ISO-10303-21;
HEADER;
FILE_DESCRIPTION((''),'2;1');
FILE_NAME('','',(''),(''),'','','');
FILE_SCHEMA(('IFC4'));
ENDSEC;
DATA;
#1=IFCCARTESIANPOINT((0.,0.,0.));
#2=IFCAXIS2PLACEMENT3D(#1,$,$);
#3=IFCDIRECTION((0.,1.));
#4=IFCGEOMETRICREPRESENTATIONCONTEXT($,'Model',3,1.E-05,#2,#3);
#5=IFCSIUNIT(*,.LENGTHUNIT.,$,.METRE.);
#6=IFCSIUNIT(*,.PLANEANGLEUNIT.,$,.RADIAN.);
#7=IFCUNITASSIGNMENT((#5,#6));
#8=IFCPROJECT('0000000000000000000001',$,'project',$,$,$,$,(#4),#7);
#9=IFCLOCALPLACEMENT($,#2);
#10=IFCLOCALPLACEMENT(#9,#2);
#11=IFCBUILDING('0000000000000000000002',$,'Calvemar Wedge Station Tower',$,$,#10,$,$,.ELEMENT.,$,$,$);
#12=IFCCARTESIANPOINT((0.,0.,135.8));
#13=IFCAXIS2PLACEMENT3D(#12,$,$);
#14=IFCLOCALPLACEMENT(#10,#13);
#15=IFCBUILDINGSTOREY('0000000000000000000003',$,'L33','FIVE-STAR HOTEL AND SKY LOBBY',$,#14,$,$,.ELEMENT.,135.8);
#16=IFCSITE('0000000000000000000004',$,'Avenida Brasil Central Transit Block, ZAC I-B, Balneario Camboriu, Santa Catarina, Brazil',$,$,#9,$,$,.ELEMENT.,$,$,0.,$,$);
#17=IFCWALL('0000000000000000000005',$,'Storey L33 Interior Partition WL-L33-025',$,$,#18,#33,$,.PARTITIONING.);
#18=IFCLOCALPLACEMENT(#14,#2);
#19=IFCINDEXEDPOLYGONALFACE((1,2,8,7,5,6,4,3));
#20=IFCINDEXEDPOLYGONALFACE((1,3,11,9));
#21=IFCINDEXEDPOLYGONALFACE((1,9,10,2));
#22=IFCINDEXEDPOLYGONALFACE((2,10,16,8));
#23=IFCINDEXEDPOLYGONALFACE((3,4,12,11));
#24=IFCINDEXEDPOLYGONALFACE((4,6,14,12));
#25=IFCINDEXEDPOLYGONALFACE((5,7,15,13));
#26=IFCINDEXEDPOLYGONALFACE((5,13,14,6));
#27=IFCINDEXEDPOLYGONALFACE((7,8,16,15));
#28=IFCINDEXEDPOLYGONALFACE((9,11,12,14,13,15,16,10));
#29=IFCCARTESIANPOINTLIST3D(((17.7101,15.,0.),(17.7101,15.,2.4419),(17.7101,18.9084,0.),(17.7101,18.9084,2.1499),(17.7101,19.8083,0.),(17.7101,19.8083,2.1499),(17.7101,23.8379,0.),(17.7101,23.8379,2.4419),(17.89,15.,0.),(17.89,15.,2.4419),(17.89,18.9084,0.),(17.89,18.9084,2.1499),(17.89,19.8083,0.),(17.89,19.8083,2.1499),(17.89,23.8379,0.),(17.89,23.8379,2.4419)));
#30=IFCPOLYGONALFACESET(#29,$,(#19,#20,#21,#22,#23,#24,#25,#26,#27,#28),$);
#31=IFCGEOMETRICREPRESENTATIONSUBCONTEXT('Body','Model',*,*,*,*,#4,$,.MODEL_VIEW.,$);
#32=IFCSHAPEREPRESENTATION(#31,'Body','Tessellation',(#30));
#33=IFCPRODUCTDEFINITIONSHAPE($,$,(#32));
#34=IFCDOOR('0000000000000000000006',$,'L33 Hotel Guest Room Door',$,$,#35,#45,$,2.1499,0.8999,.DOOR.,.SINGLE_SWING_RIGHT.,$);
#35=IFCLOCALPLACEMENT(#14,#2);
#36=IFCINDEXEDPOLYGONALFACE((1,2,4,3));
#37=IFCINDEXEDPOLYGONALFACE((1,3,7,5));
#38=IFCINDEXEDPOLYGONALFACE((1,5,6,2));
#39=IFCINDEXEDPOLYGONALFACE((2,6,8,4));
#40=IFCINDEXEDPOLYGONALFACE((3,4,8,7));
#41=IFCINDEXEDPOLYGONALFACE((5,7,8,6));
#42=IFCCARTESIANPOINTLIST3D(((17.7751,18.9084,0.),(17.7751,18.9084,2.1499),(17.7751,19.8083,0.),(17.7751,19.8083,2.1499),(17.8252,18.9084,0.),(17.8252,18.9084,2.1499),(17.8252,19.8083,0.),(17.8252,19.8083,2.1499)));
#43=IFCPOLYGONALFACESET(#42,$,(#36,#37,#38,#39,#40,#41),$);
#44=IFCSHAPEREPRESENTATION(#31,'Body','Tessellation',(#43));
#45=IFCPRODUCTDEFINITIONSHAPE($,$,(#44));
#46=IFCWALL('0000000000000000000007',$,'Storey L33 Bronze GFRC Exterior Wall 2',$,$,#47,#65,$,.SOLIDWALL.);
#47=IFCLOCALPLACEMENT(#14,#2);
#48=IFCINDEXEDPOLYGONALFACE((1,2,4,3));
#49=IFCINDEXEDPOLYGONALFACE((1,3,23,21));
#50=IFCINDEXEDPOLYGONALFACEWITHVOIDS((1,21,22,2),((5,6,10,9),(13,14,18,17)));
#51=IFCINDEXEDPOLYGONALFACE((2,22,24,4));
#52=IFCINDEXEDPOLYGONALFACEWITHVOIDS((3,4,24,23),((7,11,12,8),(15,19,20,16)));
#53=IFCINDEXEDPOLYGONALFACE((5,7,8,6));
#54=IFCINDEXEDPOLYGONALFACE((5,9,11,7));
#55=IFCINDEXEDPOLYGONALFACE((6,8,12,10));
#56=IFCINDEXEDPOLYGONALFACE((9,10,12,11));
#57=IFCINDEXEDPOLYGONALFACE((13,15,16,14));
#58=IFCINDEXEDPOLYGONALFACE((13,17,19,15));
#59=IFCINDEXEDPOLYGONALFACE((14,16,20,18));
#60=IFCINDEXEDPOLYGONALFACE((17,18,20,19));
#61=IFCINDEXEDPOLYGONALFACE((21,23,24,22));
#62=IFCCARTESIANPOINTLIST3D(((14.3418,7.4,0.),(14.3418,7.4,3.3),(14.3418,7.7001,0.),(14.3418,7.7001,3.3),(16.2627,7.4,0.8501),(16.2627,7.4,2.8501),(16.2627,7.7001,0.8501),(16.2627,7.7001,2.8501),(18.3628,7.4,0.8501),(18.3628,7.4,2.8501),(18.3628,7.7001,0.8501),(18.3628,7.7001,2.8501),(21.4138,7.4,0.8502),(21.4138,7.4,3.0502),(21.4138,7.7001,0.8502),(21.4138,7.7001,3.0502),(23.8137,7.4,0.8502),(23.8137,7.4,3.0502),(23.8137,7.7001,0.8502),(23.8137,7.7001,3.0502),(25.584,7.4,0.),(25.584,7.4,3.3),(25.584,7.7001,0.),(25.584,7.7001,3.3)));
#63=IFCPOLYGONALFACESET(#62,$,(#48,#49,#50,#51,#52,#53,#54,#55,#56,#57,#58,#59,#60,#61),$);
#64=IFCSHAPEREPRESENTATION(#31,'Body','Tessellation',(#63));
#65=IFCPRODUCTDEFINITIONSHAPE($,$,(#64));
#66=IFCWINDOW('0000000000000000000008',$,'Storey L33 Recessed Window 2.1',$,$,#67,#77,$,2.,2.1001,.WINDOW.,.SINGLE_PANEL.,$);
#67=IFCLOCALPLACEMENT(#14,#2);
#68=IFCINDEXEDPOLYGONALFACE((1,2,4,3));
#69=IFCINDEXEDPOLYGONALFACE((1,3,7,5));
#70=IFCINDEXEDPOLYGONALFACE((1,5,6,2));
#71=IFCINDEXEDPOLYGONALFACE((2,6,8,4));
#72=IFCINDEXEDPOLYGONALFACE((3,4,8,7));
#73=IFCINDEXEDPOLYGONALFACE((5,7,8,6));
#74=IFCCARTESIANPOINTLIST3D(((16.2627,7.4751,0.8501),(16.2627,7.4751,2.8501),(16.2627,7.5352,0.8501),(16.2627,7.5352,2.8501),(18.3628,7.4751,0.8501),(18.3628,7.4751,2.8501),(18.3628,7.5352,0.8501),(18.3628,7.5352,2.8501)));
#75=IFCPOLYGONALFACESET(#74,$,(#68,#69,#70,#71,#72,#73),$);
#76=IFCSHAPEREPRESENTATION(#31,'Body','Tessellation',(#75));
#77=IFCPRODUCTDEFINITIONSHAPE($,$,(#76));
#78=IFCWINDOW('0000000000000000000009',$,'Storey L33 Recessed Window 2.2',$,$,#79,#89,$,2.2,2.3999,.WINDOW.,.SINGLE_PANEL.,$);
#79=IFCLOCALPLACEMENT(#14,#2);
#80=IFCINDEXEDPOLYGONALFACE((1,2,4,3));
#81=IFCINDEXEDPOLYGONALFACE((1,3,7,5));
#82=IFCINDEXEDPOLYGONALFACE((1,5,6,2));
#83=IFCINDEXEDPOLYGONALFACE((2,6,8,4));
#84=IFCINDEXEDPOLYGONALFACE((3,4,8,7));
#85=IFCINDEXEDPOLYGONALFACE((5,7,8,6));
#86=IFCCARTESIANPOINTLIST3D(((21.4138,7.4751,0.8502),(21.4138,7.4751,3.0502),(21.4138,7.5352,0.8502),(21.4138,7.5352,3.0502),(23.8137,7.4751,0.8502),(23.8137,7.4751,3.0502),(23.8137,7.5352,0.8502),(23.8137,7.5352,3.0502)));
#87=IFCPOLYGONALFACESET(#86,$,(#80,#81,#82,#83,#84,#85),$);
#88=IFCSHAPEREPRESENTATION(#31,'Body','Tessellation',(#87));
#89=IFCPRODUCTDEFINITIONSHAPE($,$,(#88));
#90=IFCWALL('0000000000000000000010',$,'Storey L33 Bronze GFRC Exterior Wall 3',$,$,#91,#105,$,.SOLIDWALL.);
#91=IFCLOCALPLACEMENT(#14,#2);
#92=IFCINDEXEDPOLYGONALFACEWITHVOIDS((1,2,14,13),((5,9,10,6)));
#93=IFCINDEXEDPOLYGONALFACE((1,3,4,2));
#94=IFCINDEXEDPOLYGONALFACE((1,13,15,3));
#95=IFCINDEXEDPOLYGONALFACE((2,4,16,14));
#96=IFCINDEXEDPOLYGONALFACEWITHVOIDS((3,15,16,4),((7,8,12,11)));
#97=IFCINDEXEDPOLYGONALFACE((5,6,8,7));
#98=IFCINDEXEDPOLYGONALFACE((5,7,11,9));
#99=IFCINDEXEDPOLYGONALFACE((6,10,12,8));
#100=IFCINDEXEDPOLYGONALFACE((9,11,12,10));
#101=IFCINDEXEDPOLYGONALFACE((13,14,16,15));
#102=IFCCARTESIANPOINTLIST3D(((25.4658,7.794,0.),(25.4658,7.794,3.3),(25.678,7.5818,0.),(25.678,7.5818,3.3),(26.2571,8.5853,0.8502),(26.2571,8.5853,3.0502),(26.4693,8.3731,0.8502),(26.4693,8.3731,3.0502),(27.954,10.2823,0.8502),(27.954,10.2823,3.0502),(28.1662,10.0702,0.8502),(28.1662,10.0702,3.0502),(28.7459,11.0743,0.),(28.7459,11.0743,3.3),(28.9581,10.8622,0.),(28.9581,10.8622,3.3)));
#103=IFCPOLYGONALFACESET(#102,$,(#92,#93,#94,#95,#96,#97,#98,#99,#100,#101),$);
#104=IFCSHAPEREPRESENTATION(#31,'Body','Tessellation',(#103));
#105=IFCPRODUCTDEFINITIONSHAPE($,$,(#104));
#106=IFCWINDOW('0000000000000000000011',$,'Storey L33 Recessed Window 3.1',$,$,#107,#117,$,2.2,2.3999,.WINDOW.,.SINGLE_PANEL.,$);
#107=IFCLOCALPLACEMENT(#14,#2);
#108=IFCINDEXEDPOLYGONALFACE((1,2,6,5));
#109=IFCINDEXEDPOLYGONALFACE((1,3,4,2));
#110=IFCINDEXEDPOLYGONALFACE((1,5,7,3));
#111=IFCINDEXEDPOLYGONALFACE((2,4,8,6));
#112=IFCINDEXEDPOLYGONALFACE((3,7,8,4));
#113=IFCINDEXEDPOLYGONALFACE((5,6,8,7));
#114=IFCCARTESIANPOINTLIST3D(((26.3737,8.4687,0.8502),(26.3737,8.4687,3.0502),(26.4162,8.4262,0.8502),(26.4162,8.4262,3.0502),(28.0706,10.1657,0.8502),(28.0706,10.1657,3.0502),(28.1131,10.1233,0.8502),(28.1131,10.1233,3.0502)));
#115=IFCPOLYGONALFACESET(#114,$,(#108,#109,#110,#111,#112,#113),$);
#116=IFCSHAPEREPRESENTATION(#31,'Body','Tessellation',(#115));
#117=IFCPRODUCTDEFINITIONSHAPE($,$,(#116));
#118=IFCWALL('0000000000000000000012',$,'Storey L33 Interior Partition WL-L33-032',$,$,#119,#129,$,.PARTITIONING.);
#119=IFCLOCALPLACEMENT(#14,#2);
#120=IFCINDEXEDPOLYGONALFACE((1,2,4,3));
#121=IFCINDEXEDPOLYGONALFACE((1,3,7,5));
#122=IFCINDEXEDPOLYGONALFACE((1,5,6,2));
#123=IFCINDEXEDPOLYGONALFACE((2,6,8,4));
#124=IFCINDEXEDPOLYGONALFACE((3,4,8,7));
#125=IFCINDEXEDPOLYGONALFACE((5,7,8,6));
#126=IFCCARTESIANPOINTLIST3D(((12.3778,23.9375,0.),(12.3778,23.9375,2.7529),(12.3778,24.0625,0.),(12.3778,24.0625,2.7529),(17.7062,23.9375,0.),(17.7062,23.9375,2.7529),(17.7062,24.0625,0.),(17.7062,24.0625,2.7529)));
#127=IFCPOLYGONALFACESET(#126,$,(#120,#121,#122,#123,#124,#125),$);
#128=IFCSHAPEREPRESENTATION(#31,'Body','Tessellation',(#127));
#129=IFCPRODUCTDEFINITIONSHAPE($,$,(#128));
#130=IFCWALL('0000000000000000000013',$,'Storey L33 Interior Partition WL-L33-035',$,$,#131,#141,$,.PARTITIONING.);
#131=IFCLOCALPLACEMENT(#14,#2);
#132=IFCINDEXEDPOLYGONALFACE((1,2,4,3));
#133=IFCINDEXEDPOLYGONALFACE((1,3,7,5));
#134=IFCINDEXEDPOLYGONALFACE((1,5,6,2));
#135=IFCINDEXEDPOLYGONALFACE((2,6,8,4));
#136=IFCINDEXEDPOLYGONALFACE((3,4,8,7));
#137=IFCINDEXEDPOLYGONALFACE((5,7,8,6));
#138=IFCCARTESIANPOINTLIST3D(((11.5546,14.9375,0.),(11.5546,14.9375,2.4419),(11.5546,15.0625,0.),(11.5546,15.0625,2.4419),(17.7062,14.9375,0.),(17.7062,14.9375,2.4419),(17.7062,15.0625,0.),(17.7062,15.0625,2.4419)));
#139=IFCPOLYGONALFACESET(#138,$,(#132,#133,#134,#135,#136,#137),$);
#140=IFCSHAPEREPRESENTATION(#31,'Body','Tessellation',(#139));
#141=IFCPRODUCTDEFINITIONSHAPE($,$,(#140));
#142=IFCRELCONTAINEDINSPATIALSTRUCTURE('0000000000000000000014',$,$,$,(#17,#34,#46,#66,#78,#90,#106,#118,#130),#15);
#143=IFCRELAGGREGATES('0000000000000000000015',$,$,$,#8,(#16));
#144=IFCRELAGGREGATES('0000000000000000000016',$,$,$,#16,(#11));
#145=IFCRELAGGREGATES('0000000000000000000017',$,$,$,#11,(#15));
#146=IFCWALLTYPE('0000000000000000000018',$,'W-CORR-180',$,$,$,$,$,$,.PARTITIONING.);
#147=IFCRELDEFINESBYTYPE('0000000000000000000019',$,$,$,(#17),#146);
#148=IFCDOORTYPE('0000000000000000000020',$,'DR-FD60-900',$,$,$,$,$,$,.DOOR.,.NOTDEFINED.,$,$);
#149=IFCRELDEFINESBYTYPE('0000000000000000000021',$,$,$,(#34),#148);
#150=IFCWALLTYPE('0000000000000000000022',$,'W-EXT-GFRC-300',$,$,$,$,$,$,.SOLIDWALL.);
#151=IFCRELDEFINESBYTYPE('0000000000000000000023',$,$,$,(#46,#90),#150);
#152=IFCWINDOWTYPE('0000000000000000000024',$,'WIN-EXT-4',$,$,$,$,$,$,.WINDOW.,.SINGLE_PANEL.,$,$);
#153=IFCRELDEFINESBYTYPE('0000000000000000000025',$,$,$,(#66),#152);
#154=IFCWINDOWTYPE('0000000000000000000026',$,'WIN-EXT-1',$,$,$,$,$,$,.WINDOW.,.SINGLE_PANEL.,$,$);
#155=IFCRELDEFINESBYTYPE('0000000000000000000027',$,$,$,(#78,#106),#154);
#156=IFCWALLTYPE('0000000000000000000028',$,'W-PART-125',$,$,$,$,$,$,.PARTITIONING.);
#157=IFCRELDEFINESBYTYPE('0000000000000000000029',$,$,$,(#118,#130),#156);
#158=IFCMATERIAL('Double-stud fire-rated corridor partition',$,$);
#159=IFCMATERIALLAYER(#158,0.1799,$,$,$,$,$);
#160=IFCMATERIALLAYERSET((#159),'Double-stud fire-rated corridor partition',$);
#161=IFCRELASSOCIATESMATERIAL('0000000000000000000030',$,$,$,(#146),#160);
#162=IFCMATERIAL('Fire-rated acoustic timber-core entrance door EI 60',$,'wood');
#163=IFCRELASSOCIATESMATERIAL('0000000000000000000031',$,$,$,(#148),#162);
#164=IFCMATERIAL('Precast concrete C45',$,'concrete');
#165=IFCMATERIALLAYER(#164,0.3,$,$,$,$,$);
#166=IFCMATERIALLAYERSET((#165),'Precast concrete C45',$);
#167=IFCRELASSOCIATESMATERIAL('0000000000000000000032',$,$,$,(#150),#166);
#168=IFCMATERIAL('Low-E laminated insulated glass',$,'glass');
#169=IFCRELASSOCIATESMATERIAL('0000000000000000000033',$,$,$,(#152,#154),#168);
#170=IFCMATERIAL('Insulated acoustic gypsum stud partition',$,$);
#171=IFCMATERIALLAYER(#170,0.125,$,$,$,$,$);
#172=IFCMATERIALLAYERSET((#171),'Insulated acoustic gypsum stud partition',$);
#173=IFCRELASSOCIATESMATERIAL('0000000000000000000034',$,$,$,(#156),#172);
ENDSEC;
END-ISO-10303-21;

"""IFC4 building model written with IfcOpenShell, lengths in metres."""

from ifc_helpers import new_model, si_unit, direction, frame, frame_2d, origin, place, context, subcontext, project, spatial, rectangle, extrude, source, transform, mapped, material, layer, layer_set, type_object, element, fill, save


model = new_model("IFC4")

# Units and contexts
model_context = context("Model", 3, precision=1e-05, world=origin(), true_north=direction((0.0, 1.0)))
body_context = subcontext(model_context, "Body", "Model", "MODEL_VIEW")
ifc_project = project(units=[si_unit("LENGTHUNIT", "METRE"), si_unit("PLANEANGLEUNIT", "RADIAN")], contexts=[model_context])

# Site, building, storey
site_placement = place(None, origin())
site = spatial("IfcSite", under=ifc_project, at=site_placement, Name="Avenida Brasil Central Transit Block, ZAC I-B, Balneario Camboriu, Santa Catarina, Brazil", CompositionType="ELEMENT", RefElevation=0.0)
building_placement = place(site_placement, origin())
building = spatial("IfcBuilding", under=site, at=building_placement, Name="Calvemar Wedge Station Tower", CompositionType="ELEMENT")
storey_placement = place(building_placement, frame((0.0, 0.0, 135.8)))
storey = spatial("IfcBuildingStorey", under=building, at=storey_placement, Name="L33", Description="FIVE-STAR HOTEL AND SKY LOBBY", CompositionType="ELEMENT", Elevation=135.8)

# Wall, opening, door
ifc_material_1 = material(Name="Double-stud fire-rated corridor partition")
ifc_layer_1 = layer(ifc_material_1, 0.1799)
ifc_layer_set_1 = layer_set([ifc_layer_1], Name="Double-stud fire-rated corridor partition")
wall_type_1 = type_object("IfcWallType", Name="W-CORR-180", PredefinedType="PARTITIONING", material=ifc_layer_set_1)
shared_shape_1 = source(origin(), body_context, "Body", "SweptSolid", [
    extrude(rectangle(XDim=0.8999, YDim=2.1499, at=frame_2d((0.45, 1.075))), frame((0.0, 0.1001, 0.0), z_axis=(0.0, -1.0, 0.0), x_axis=(1.0, 0.0, 0.0)), (0.0, 0.0, 1.0), 0.2),
])
ifc_material_2 = material(Name="Fire-rated acoustic timber-core entrance door EI 60", Category="wood")
door_type_1 = type_object("IfcDoorType", Name="DR-FD60-900", OperationType="NOTDEFINED", PredefinedType="DOOR", material=ifc_material_2)
shared_shape_2 = source(origin(), body_context, "Body", "SweptSolid", [
    extrude(rectangle(XDim=0.8999, YDim=2.1499, at=frame_2d((0.45, 1.075))), frame((0.0, 0.0249, 0.0), z_axis=(0.0, -1.0, 0.0), x_axis=(1.0, 0.0, 0.0)), (0.0, 0.0, 1.0), 0.05),
])
wall_1_placement = place(storey_placement, frame((17.8, 15.0, 0.0), z_axis=(0.0, 0.0, 1.0), x_axis=(0.0, 1.0, 0.0)))
wall_1 = element("IfcWall", 1, at=wall_1_placement, inside=storey, type_object=wall_type_1, Name="Storey L33 Interior Partition WL-L33-025", PredefinedType="PARTITIONING", context=body_context, shape_type="SweptSolid", body=[
    extrude(rectangle(XDim=8.8379, YDim=0.1799, at=frame_2d((4.4189, 0.0))), origin(), (0.0, 0.0, 1.0), 2.4419),
])
opening_1_placement = place(wall_1_placement, frame((3.9084, 0.0, 0.0)))
opening_1 = element("IfcOpeningElement", 2, at=opening_1_placement, cuts=wall_1, PredefinedType="OPENING", context=body_context, shape_type="MappedRepresentation", body=[
    mapped(shared_shape_1, transform((0.0, 0.0, 0.0), scale=1.0)),
])
door_1_placement = place(opening_1_placement, origin())
door_1 = element("IfcDoor", 3, at=door_1_placement, inside=storey, type_object=door_type_1, Name="L33 Hotel Guest Room Door", OperationType="SINGLE_SWING_RIGHT", OverallHeight=2.1499, OverallWidth=0.8999, PredefinedType="DOOR", context=body_context, shape_type="MappedRepresentation", body=[
    mapped(shared_shape_2, transform((0.0, 0.0, 0.0), scale=1.0)),
])
fill(opening_1, door_1)

# Wall, openings, windows
ifc_material_3 = material(Name="Precast concrete C45", Category="concrete")
ifc_layer_2 = layer(ifc_material_3, 0.3)
ifc_layer_set_2 = layer_set([ifc_layer_2], Name="Precast concrete C45")
wall_type_2 = type_object("IfcWallType", Name="W-EXT-GFRC-300", PredefinedType="SOLIDWALL", material=ifc_layer_set_2)
wall_2_placement = place(storey_placement, frame((14.3418, 7.55, 0.0), z_axis=(0.0, 0.0, 1.0), x_axis=(1.0, 0.0, 0.0)))
wall_2 = element("IfcWall", 4, at=wall_2_placement, inside=storey, type_object=wall_type_2, Name="Storey L33 Bronze GFRC Exterior Wall 2", PredefinedType="SOLIDWALL", context=body_context, shape_type="SweptSolid", body=[
    extrude(rectangle(XDim=11.2422, YDim=0.3, at=frame_2d((5.6211, 0.0))), origin(), (0.0, 0.0, 1.0), 3.3),
])
shared_shape_3 = source(origin(), body_context, "Body", "SweptSolid", [
    extrude(rectangle(XDim=2.1001, YDim=2.0, at=frame_2d((1.05, 1.0))), frame((0.0, 0.1602, 0.0), z_axis=(0.0, -1.0, 0.0), x_axis=(1.0, 0.0, 0.0)), (0.0, 0.0, 1.0), 0.3201),
])
opening_2_placement = place(wall_2_placement, frame((1.9209, 0.0, 0.8501)))
opening_2 = element("IfcOpeningElement", 5, at=opening_2_placement, cuts=wall_2, PredefinedType="OPENING", context=body_context, shape_type="MappedRepresentation", body=[
    mapped(shared_shape_3, transform((0.0, 0.0, 0.0), scale=1.0)),
])
shared_shape_4 = source(origin(), body_context, "Body", "SweptSolid", [
    extrude(rectangle(XDim=2.3999, YDim=2.2, at=frame_2d((1.2, 1.1001))), frame((0.0, 0.1602, 0.0), z_axis=(0.0, -1.0, 0.0), x_axis=(1.0, 0.0, 0.0)), (0.0, 0.0, 1.0), 0.3201),
])
opening_3_placement = place(wall_2_placement, frame((7.072, 0.0, 0.8501)))
opening_3 = element("IfcOpeningElement", 6, at=opening_3_placement, cuts=wall_2, PredefinedType="OPENING", context=body_context, shape_type="MappedRepresentation", body=[
    mapped(shared_shape_4, transform((0.0, 0.0, 0.0), scale=1.0)),
])
ifc_material_4 = material(Name="Low-E laminated insulated glass", Category="glass")
window_type_1 = type_object("IfcWindowType", Name="WIN-EXT-4", PartitioningType="SINGLE_PANEL", PredefinedType="WINDOW", material=ifc_material_4)
shared_shape_5 = source(origin(), body_context, "Body", "SweptSolid", [
    extrude(rectangle(XDim=2.1001, YDim=2.0, at=frame_2d((1.05, 1.0))), frame((0.0, -0.0149, 0.0), z_axis=(0.0, -1.0, 0.0), x_axis=(1.0, 0.0, 0.0)), (0.0, 0.0, 1.0), 0.0601),
])
window_1_placement = place(opening_2_placement, origin())
window_1 = element("IfcWindow", 7, at=window_1_placement, inside=storey, type_object=window_type_1, Name="Storey L33 Recessed Window 2.1", OverallHeight=2.0, OverallWidth=2.1001, PartitioningType="SINGLE_PANEL", PredefinedType="WINDOW", context=body_context, shape_type="MappedRepresentation", body=[
    mapped(shared_shape_5, transform((0.0, 0.0, 0.0), scale=1.0)),
])
fill(opening_2, window_1)
window_type_2 = type_object("IfcWindowType", Name="WIN-EXT-1", PartitioningType="SINGLE_PANEL", PredefinedType="WINDOW", material=ifc_material_4)
shared_shape_6 = source(origin(), body_context, "Body", "SweptSolid", [
    extrude(rectangle(XDim=2.3999, YDim=2.2, at=frame_2d((1.2, 1.1001))), frame((0.0, -0.0149, 0.0), z_axis=(0.0, -1.0, 0.0), x_axis=(1.0, 0.0, 0.0)), (0.0, 0.0, 1.0), 0.0601),
])
window_2_placement = place(opening_3_placement, origin())
window_2 = element("IfcWindow", 8, at=window_2_placement, inside=storey, type_object=window_type_2, Name="Storey L33 Recessed Window 2.2", OverallHeight=2.2, OverallWidth=2.3999, PartitioningType="SINGLE_PANEL", PredefinedType="WINDOW", context=body_context, shape_type="MappedRepresentation", body=[
    mapped(shared_shape_6, transform((0.0, 0.0, 0.0), scale=1.0)),
])
fill(opening_3, window_2)

# Wall, opening, window
wall_3_placement = place(storey_placement, frame((25.572, 7.688, 0.0), z_axis=(0.0, 0.0, 1.0), x_axis=(0.70708, 0.707133, 0.0)))
wall_3 = element("IfcWall", 9, at=wall_3_placement, inside=storey, type_object=wall_type_2, Name="Storey L33 Bronze GFRC Exterior Wall 3", PredefinedType="SOLIDWALL", context=body_context, shape_type="SweptSolid", body=[
    extrude(rectangle(XDim=4.6389, YDim=0.3, at=frame_2d((2.3193, 0.0))), origin(), (0.0, 0.0, 1.0), 3.3),
])
opening_4_placement = place(wall_3_placement, frame((1.1189, 0.0, 0.8501)))
opening_4 = element("IfcOpeningElement", 10, at=opening_4_placement, cuts=wall_3, PredefinedType="OPENING", context=body_context, shape_type="MappedRepresentation", body=[
    mapped(shared_shape_4, transform((0.0, 0.0, 0.0), scale=1.0)),
])
window_3_placement = place(opening_4_placement, origin())
window_3 = element("IfcWindow", 11, at=window_3_placement, inside=storey, type_object=window_type_2, Name="Storey L33 Recessed Window 3.1", OverallHeight=2.2, OverallWidth=2.3999, PartitioningType="SINGLE_PANEL", PredefinedType="WINDOW", context=body_context, shape_type="MappedRepresentation", body=[
    mapped(shared_shape_6, transform((0.0, 0.0, 0.0), scale=1.0)),
])
fill(opening_4, window_3)

# Walls
ifc_material_5 = material(Name="Insulated acoustic gypsum stud partition")
ifc_layer_3 = layer(ifc_material_5, 0.125)
ifc_layer_set_3 = layer_set([ifc_layer_3], Name="Insulated acoustic gypsum stud partition")
wall_type_3 = type_object("IfcWallType", Name="W-PART-125", PredefinedType="PARTITIONING", material=ifc_layer_set_3)
wall_4_placement = place(storey_placement, frame((17.7061, 24.0, 0.0), z_axis=(0.0, 0.0, 1.0), x_axis=(-1.0, 0.0, 0.0)))
element("IfcWall", 12, at=wall_4_placement, inside=storey, type_object=wall_type_3, Name="Storey L33 Interior Partition WL-L33-032", PredefinedType="PARTITIONING", context=body_context, shape_type="SweptSolid", body=[
    extrude(rectangle(XDim=5.3284, YDim=0.125, at=frame_2d((2.6641, 0.0))), origin(), (0.0, 0.0, 1.0), 2.7529),
])
wall_5_placement = place(storey_placement, frame((17.7061, 15.0, 0.0), z_axis=(0.0, 0.0, 1.0), x_axis=(-1.0, 0.0, 0.0)))
element("IfcWall", 13, at=wall_5_placement, inside=storey, type_object=wall_type_3, Name="Storey L33 Interior Partition WL-L33-035", PredefinedType="PARTITIONING", context=body_context, shape_type="SweptSolid", body=[
    extrude(rectangle(XDim=6.1516, YDim=0.125, at=frame_2d((3.0757, 0.0))), origin(), (0.0, 0.0, 1.0), 2.4419),
])

save(model, "model.ifc")
